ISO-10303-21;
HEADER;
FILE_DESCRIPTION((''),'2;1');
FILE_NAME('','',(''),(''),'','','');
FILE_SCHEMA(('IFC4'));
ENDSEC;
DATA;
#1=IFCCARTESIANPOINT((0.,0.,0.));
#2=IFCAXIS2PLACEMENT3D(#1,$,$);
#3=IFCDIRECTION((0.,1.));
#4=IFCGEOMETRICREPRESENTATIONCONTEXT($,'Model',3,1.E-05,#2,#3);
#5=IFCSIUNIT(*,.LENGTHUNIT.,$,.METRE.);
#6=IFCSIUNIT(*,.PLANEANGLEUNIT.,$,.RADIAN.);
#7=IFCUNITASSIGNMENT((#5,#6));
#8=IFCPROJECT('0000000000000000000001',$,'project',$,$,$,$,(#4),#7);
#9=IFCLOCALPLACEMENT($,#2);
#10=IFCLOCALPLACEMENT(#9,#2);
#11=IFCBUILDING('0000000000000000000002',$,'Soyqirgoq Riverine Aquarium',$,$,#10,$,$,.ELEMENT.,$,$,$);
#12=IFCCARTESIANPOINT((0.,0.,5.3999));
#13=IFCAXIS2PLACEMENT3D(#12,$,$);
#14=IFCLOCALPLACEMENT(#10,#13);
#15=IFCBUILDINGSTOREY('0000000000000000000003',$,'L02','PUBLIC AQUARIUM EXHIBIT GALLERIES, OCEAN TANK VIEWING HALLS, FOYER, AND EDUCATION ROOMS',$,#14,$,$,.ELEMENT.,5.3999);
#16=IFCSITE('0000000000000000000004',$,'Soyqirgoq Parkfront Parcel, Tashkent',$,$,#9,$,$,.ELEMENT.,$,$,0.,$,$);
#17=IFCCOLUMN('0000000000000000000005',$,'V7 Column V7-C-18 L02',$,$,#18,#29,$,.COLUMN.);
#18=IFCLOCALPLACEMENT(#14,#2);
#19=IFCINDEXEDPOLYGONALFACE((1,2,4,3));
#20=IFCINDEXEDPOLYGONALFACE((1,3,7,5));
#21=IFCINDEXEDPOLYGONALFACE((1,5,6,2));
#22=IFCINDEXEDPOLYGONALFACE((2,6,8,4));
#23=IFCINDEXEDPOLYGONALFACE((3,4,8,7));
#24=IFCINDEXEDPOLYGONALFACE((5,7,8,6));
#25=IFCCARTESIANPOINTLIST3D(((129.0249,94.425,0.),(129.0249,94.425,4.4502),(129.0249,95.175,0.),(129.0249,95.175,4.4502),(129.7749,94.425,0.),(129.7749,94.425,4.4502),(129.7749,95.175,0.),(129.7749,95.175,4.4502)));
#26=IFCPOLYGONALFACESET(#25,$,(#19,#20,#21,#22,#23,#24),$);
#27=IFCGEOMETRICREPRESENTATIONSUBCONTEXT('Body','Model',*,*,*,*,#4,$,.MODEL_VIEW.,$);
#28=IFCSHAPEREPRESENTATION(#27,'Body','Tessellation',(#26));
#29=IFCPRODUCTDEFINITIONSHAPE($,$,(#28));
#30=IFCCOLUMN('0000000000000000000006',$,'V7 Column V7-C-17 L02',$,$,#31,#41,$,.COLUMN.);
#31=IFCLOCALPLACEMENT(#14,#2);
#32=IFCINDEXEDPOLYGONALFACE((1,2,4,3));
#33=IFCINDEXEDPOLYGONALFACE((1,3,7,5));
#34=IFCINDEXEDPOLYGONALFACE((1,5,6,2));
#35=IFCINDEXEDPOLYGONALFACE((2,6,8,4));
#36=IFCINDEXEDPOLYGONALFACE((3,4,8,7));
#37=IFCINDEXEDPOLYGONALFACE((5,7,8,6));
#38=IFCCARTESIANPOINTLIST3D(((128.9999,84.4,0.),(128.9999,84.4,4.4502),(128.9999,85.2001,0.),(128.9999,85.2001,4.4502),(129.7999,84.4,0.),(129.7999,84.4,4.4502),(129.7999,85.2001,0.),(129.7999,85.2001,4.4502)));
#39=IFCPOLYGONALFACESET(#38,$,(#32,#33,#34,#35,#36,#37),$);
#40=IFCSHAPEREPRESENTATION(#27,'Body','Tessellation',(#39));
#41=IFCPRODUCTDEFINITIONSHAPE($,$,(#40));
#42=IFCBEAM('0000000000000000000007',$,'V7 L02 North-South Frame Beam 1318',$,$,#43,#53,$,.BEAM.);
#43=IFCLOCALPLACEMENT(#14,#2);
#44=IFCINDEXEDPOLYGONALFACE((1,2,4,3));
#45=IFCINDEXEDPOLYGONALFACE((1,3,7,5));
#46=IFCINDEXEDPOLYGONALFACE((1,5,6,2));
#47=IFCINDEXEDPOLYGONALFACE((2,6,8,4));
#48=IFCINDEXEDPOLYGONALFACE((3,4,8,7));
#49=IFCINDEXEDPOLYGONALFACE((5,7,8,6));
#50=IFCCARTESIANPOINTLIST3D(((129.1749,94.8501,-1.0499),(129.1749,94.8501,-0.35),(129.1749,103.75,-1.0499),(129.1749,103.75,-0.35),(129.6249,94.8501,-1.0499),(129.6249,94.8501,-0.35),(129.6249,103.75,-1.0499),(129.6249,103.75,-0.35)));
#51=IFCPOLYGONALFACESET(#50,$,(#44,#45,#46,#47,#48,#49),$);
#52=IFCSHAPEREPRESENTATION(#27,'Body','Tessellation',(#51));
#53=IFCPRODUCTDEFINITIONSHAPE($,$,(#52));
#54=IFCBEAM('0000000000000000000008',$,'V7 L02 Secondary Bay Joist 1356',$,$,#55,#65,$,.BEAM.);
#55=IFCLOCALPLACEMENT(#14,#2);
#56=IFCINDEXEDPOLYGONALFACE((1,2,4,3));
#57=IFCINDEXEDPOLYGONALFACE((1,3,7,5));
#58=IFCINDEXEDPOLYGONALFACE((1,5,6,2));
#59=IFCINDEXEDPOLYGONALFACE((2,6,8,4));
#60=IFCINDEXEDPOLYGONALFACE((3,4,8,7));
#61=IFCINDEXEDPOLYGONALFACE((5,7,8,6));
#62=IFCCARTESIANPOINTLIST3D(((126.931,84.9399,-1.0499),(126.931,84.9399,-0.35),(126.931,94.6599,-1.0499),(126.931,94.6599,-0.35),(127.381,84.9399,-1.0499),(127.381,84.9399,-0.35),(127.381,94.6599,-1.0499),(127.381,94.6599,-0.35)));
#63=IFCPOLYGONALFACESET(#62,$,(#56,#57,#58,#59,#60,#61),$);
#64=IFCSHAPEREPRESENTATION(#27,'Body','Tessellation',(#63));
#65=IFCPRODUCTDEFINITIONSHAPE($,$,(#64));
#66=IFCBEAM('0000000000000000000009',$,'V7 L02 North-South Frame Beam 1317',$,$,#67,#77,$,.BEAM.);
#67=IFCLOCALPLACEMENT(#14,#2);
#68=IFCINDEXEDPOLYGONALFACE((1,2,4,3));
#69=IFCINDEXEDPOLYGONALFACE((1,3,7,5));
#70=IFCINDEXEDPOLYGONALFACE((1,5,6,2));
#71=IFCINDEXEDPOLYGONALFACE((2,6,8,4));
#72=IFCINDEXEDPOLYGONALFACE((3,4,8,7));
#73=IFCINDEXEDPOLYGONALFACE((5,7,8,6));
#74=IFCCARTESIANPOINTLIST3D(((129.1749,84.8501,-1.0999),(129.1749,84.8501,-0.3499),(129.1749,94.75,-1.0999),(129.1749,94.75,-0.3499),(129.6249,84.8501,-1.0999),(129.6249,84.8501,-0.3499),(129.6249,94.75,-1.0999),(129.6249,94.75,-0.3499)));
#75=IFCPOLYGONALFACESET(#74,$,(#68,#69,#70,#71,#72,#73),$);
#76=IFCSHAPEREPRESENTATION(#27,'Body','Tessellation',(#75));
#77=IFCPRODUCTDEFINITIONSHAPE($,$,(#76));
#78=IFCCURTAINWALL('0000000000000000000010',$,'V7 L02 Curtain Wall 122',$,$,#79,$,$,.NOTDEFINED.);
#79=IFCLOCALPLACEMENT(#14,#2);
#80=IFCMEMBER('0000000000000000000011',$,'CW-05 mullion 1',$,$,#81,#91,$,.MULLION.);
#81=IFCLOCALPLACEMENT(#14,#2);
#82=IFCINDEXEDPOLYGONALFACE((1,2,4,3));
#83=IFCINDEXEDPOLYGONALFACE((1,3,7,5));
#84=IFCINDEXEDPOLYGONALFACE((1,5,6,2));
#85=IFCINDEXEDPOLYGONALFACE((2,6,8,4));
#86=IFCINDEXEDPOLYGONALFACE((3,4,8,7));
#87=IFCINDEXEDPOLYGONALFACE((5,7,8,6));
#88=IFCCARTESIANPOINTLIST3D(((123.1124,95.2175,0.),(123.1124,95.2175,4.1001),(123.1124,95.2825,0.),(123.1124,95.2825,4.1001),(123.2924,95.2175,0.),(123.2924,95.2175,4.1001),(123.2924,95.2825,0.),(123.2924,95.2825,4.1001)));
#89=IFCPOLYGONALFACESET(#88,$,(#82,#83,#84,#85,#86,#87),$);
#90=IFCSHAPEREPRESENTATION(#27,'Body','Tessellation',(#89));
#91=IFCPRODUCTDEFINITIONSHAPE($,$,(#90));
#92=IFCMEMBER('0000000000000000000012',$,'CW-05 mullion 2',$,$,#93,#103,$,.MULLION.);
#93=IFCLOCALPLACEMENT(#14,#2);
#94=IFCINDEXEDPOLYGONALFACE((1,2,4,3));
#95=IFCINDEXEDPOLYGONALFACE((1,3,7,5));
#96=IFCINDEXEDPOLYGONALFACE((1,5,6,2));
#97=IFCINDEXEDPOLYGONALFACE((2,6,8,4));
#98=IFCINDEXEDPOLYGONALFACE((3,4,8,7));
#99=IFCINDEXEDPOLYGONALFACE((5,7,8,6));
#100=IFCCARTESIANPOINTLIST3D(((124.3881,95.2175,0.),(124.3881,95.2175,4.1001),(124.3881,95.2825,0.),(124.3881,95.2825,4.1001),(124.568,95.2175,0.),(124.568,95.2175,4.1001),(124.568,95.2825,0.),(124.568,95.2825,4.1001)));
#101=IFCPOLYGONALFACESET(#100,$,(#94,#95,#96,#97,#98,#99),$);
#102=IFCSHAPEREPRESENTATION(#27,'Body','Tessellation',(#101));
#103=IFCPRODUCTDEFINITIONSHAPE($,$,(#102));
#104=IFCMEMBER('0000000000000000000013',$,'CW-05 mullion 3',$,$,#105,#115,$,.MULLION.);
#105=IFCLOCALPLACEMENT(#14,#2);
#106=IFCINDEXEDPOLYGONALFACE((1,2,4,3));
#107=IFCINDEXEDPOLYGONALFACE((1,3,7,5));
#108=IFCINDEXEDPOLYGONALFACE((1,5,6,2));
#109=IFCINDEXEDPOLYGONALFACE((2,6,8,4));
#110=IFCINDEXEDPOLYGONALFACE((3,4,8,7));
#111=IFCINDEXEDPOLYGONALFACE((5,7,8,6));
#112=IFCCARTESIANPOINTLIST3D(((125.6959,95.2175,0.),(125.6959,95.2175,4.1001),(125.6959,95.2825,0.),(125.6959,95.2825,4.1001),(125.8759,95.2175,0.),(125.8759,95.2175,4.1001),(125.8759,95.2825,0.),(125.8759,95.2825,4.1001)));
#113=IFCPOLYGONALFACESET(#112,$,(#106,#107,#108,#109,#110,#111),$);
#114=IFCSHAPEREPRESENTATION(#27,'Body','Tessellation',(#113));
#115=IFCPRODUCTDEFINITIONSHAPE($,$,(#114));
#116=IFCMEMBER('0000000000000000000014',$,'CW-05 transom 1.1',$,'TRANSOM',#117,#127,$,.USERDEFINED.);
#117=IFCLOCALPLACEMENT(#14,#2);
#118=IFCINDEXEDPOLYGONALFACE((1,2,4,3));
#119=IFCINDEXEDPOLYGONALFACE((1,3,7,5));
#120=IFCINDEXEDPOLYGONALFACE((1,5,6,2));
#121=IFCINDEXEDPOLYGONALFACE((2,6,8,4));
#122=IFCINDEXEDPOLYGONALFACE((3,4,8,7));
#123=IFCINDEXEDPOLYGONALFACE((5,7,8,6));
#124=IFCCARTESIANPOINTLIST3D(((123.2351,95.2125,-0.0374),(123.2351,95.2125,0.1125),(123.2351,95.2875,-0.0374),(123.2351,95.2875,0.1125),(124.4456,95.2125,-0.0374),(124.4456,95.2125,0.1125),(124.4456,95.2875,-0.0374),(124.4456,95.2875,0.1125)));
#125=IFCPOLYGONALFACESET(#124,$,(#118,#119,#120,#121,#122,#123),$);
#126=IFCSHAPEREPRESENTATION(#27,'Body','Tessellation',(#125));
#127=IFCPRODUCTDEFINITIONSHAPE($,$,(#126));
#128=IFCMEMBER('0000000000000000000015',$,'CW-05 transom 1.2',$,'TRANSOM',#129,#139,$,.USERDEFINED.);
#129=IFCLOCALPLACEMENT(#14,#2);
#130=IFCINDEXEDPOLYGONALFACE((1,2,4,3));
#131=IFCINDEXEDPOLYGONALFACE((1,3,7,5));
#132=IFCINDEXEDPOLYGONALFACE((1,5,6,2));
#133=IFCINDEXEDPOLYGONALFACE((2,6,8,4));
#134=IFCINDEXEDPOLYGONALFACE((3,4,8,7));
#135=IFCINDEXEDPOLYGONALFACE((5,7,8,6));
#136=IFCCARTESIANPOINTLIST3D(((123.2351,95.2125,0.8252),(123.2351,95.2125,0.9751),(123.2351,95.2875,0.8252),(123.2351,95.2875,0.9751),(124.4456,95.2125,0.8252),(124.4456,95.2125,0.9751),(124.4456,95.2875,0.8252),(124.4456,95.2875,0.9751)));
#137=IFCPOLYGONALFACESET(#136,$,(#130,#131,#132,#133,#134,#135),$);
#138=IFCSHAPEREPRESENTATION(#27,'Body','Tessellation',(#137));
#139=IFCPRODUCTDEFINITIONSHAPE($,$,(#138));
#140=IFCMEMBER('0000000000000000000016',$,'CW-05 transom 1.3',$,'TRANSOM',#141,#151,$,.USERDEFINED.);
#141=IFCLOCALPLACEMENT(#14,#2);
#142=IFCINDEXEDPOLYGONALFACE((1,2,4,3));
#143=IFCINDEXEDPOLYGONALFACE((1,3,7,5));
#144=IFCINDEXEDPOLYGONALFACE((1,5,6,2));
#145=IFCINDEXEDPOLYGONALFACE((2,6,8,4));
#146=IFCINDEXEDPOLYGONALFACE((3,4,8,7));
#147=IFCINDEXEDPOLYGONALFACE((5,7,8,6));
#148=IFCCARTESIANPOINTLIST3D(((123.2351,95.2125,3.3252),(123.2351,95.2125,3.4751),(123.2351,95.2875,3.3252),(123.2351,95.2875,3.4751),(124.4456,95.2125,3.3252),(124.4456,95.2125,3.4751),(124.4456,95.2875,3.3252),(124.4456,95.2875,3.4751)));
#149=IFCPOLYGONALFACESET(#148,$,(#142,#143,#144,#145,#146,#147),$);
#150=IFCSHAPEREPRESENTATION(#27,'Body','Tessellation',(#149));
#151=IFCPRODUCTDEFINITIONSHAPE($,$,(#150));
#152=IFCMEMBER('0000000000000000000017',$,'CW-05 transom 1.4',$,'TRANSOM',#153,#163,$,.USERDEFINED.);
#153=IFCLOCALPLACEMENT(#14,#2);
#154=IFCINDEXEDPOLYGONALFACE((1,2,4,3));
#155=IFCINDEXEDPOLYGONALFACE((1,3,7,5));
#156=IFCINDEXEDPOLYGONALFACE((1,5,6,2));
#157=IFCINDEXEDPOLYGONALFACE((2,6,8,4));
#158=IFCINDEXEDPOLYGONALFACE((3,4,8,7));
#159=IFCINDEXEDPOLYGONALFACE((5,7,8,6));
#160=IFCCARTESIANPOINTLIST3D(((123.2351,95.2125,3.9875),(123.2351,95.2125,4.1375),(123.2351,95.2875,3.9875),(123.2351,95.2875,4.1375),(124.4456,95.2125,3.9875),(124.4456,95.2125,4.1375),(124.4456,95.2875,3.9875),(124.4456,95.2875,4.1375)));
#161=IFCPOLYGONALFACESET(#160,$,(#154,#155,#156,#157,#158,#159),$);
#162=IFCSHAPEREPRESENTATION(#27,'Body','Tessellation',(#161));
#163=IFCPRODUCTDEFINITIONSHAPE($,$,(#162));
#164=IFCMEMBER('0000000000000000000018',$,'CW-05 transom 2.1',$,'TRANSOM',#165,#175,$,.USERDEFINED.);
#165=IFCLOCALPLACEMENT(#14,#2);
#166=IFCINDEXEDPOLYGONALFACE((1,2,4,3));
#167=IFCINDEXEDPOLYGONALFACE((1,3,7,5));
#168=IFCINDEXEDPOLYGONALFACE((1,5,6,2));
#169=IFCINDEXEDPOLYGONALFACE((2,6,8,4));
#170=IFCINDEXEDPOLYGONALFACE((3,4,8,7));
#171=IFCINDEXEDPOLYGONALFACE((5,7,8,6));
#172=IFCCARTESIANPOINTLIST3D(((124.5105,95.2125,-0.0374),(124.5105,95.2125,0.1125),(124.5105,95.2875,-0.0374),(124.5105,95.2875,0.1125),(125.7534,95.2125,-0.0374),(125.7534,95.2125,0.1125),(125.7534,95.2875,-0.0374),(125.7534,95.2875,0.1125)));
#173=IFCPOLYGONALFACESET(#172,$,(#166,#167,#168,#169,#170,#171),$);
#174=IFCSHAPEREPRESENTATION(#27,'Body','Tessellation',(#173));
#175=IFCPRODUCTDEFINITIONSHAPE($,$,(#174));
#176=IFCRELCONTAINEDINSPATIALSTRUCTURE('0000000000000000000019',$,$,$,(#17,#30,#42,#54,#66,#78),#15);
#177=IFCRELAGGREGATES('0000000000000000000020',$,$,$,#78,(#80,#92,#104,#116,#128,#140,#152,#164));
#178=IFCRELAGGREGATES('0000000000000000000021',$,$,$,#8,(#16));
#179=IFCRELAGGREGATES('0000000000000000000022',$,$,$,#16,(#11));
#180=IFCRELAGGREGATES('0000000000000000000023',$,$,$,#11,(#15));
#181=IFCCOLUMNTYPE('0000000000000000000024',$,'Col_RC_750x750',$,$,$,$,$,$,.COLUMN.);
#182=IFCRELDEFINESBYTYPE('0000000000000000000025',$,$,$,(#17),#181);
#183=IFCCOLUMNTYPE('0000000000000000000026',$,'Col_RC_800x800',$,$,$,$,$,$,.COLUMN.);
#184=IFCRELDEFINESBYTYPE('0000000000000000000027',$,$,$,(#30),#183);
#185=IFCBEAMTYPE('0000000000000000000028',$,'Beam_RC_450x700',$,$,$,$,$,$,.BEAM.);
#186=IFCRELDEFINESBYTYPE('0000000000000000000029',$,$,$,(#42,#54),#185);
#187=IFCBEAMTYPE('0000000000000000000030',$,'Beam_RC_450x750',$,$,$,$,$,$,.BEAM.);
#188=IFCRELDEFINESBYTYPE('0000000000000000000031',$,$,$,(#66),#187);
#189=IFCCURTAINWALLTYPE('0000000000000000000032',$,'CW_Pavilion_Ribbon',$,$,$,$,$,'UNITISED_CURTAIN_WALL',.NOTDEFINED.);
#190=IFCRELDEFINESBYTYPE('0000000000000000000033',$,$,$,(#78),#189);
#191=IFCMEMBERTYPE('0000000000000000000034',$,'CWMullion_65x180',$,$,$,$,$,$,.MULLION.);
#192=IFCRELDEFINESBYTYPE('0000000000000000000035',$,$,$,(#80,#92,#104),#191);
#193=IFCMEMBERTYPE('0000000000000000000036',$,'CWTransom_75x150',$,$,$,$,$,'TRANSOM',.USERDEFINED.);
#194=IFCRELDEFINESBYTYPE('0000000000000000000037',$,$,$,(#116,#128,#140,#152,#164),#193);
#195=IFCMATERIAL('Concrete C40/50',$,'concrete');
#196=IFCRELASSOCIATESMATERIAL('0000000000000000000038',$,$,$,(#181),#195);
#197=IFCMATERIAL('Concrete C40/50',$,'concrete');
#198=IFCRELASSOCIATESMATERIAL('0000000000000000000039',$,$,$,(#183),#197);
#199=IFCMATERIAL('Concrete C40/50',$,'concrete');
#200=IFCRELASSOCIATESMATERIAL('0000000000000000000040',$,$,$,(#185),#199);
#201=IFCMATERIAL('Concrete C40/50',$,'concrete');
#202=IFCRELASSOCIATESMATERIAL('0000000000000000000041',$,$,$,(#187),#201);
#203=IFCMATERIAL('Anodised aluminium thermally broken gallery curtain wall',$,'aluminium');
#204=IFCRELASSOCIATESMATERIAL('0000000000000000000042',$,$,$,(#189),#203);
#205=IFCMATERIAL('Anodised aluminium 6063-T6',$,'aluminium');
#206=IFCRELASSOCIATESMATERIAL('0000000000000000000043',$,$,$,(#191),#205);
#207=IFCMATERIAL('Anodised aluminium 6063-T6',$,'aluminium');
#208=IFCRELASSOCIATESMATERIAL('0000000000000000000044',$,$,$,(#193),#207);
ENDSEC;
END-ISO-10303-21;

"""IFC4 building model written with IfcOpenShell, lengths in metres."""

from ifc_helpers import new_model, si_unit, direction, frame, origin, origin_2d, place, context, subcontext, project, spatial, rectangle, extrude, material, material_profile, profile_set, type_object, element, aggregate, save


model = new_model("IFC4")

# Units and contexts
model_context = context("Model", 3, precision=1e-05, world=origin(), true_north=direction((0.0, 1.0)))
body_context = subcontext(model_context, "Body", "Model", "MODEL_VIEW")
ifc_project = project(units=[si_unit("LENGTHUNIT", "METRE"), si_unit("PLANEANGLEUNIT", "RADIAN")], contexts=[model_context])

# Site, building, storey
site_placement = place(None, origin())
site = spatial("IfcSite", under=ifc_project, at=site_placement, Name="Soyqirgoq Parkfront Parcel, Tashkent", CompositionType="ELEMENT", RefElevation=0.0)
building_placement = place(site_placement, origin())
building = spatial("IfcBuilding", under=site, at=building_placement, Name="Soyqirgoq Riverine Aquarium", CompositionType="ELEMENT")
storey_placement = place(building_placement, frame((0.0, 0.0, 5.3999)))
storey = spatial("IfcBuildingStorey", under=building, at=storey_placement, Name="L02", Description="PUBLIC AQUARIUM EXHIBIT GALLERIES, OCEAN TANK VIEWING HALLS, FOYER, AND EDUCATION ROOMS", CompositionType="ELEMENT", Elevation=5.3999)

# Columns
ifc_material_1 = material(Name="Concrete C40/50", Category="concrete")
ifc_material_profile_1 = material_profile(ifc_material_1, rectangle(XDim=0.75, YDim=0.75, at=origin_2d()), Name="RC 750x750")
ifc_profile_set_1 = profile_set([ifc_material_profile_1], Name="Concrete C40/50")
column_type_1 = type_object("IfcColumnType", Name="Col_RC_750x750", PredefinedType="COLUMN", material=ifc_profile_set_1)
column_1_placement = place(storey_placement, frame((129.3999, 94.8, 0.0), z_axis=(0.0, 0.0, 1.0), x_axis=(1.0, 0.0, 0.0)))
element("IfcColumn", 1, at=column_1_placement, inside=storey, type_object=column_type_1, Name="V7 Column V7-C-18 L02", PredefinedType="COLUMN", context=body_context, shape_type="SweptSolid", body=[
    extrude(rectangle(XDim=0.75, YDim=0.75, at=origin_2d()), origin(), (0.0, 0.0, 1.0), 4.4502),
])
ifc_material_2 = material(Name="Concrete C40/50", Category="concrete")
ifc_material_profile_2 = material_profile(ifc_material_2, rectangle(XDim=0.8, YDim=0.8, at=origin_2d()), Name="RC 800x800")
ifc_profile_set_2 = profile_set([ifc_material_profile_2], Name="Concrete C40/50")
column_type_2 = type_object("IfcColumnType", Name="Col_RC_800x800", PredefinedType="COLUMN", material=ifc_profile_set_2)
column_2_placement = place(storey_placement, frame((129.3999, 84.8, 0.0), z_axis=(0.0, 0.0, 1.0), x_axis=(1.0, 0.0, 0.0)))
element("IfcColumn", 2, at=column_2_placement, inside=storey, type_object=column_type_2, Name="V7 Column V7-C-17 L02", PredefinedType="COLUMN", context=body_context, shape_type="SweptSolid", body=[
    extrude(rectangle(XDim=0.8, YDim=0.8, at=origin_2d()), origin(), (0.0, 0.0, 1.0), 4.4502),
])

# Beams
ifc_material_3 = material(Name="Concrete C40/50", Category="concrete")
ifc_material_profile_3 = material_profile(ifc_material_3, rectangle(XDim=0.45, YDim=0.7, at=origin_2d()), Name="RC 450x700")
ifc_profile_set_3 = profile_set([ifc_material_profile_3], Name="Concrete C40/50")
beam_type_1 = type_object("IfcBeamType", Name="Beam_RC_450x700", PredefinedType="BEAM", material=ifc_profile_set_3)
beam_1_placement = place(storey_placement, frame((129.3999, 94.8501, -0.7), z_axis=(0.0, 1.0, 0.0), x_axis=(-1.0, 0.0, 0.0)))
element("IfcBeam", 3, at=beam_1_placement, inside=storey, type_object=beam_type_1, Name="V7 L02 North-South Frame Beam 1318", PredefinedType="BEAM", context=body_context, shape_type="SweptSolid", body=[
    extrude(rectangle(XDim=0.45, YDim=0.7, at=origin_2d()), origin(), (0.0, 0.0, 1.0), 8.8999),
])
beam_2_placement = place(storey_placement, frame((127.156, 84.9399, -0.7), z_axis=(0.0, 1.0, 0.0), x_axis=(-1.0, 0.0, 0.0)))
element("IfcBeam", 4, at=beam_2_placement, inside=storey, type_object=beam_type_1, Name="V7 L02 Secondary Bay Joist 1356", PredefinedType="BEAM", context=body_context, shape_type="SweptSolid", body=[
    extrude(rectangle(XDim=0.45, YDim=0.7, at=origin_2d()), origin(), (0.0, 0.0, 1.0), 9.72),
])
ifc_material_4 = material(Name="Concrete C40/50", Category="concrete")
ifc_material_profile_4 = material_profile(ifc_material_4, rectangle(XDim=0.45, YDim=0.75, at=origin_2d()), Name="RC 450x750")
ifc_profile_set_4 = profile_set([ifc_material_profile_4], Name="Concrete C40/50")
beam_type_2 = type_object("IfcBeamType", Name="Beam_RC_450x750", PredefinedType="BEAM", material=ifc_profile_set_4)
beam_3_placement = place(storey_placement, frame((129.3999, 84.8501, -0.7249), z_axis=(0.0, 1.0, 0.0), x_axis=(-1.0, 0.0, 0.0)))
element("IfcBeam", 5, at=beam_3_placement, inside=storey, type_object=beam_type_2, Name="V7 L02 North-South Frame Beam 1317", PredefinedType="BEAM", context=body_context, shape_type="SweptSolid", body=[
    extrude(rectangle(XDim=0.45, YDim=0.75, at=origin_2d()), origin(), (0.0, 0.0, 1.0), 9.8999),
])

# Curtain wall, members
ifc_material_5 = material(Name="Anodised aluminium thermally broken gallery curtain wall", Category="aluminium")
curtain_wall_type = type_object("IfcCurtainWallType", Name="CW_Pavilion_Ribbon", ElementType="UNITISED_CURTAIN_WALL", PredefinedType="NOTDEFINED", material=ifc_material_5)
curtain_wall_placement = place(storey_placement, origin())
curtain_wall = element("IfcCurtainWall", 6, at=curtain_wall_placement, inside=storey, type_object=curtain_wall_type, Name="V7 L02 Curtain Wall 122", PredefinedType="NOTDEFINED")
ifc_material_6 = material(Name="Anodised aluminium 6063-T6", Category="aluminium")
ifc_material_profile_5 = material_profile(ifc_material_6, rectangle(XDim=0.0649, YDim=0.1799, at=origin_2d()), Name="ALU-M 65x180")
ifc_profile_set_5 = profile_set([ifc_material_profile_5], Name="Anodised aluminium 6063-T6")
member_type_1 = type_object("IfcMemberType", Name="CWMullion_65x180", PredefinedType="MULLION", material=ifc_profile_set_5)
member_1_placement = place(storey_placement, frame((123.2024, 95.25, 0.0), z_axis=(0.0, 0.0, 1.0), x_axis=(0.0, 1.0, 0.0)))
member_1 = element("IfcMember", 7, at=member_1_placement, type_object=member_type_1, Name="CW-05 mullion 1", PredefinedType="MULLION", context=body_context, shape_type="SweptSolid", body=[
    extrude(rectangle(XDim=0.0649, YDim=0.1799, at=origin_2d()), origin(), (0.0, 0.0, 1.0), 4.1001),
])
member_2_placement = place(storey_placement, frame((124.478, 95.25, 0.0), z_axis=(0.0, 0.0, 1.0), x_axis=(0.0, 1.0, 0.0)))
member_2 = element("IfcMember", 8, at=member_2_placement, type_object=member_type_1, Name="CW-05 mullion 2", PredefinedType="MULLION", context=body_context, shape_type="SweptSolid", body=[
    extrude(rectangle(XDim=0.0649, YDim=0.1799, at=origin_2d()), origin(), (0.0, 0.0, 1.0), 4.1001),
])
member_3_placement = place(storey_placement, frame((125.7859, 95.25, 0.0), z_axis=(0.0, 0.0, 1.0), x_axis=(0.0, 1.0, 0.0)))
member_3 = element("IfcMember", 9, at=member_3_placement, type_object=member_type_1, Name="CW-05 mullion 3", PredefinedType="MULLION", context=body_context, shape_type="SweptSolid", body=[
    extrude(rectangle(XDim=0.0649, YDim=0.1799, at=origin_2d()), origin(), (0.0, 0.0, 1.0), 4.1001),
])
ifc_material_7 = material(Name="Anodised aluminium 6063-T6", Category="aluminium")
ifc_material_profile_6 = material_profile(ifc_material_7, rectangle(XDim=0.075, YDim=0.1499, at=origin_2d()), Name="ALU-T 75x150")
ifc_profile_set_6 = profile_set([ifc_material_profile_6], Name="Anodised aluminium 6063-T6")
member_type_2 = type_object("IfcMemberType", Name="CWTransom_75x150", ElementType="TRANSOM", PredefinedType="USERDEFINED", material=ifc_profile_set_6)
member_4_placement = place(storey_placement, frame((123.2351, 95.25, 0.0376), z_axis=(1.0, 0.0, 0.0), x_axis=(0.0, 1.0, 0.0)))
member_4 = element("IfcMember", 10, at=member_4_placement, type_object=member_type_2, Name="CW-05 transom 1.1", ObjectType="TRANSOM", PredefinedType="USERDEFINED", context=body_context, shape_type="SweptSolid", body=[
    extrude(rectangle(XDim=0.075, YDim=0.1499, at=origin_2d()), origin(), (0.0, 0.0, 1.0), 1.2104),
])
member_5_placement = place(storey_placement, frame((123.2351, 95.25, 0.9001), z_axis=(1.0, 0.0, 0.0), x_axis=(0.0, 1.0, 0.0)))
member_5 = element("IfcMember", 11, at=member_5_placement, type_object=member_type_2, Name="CW-05 transom 1.2", ObjectType="TRANSOM", PredefinedType="USERDEFINED", context=body_context, shape_type="SweptSolid", body=[
    extrude(rectangle(XDim=0.075, YDim=0.1499, at=origin_2d()), origin(), (0.0, 0.0, 1.0), 1.2104),
])
member_6_placement = place(storey_placement, frame((123.2351, 95.25, 3.4001), z_axis=(1.0, 0.0, 0.0), x_axis=(0.0, 1.0, 0.0)))
member_6 = element("IfcMember", 12, at=member_6_placement, type_object=member_type_2, Name="CW-05 transom 1.3", ObjectType="TRANSOM", PredefinedType="USERDEFINED", context=body_context, shape_type="SweptSolid", body=[
    extrude(rectangle(XDim=0.075, YDim=0.1499, at=origin_2d()), origin(), (0.0, 0.0, 1.0), 1.2104),
])
member_7_placement = place(storey_placement, frame((123.2351, 95.25, 4.0625), z_axis=(1.0, 0.0, 0.0), x_axis=(0.0, 1.0, 0.0)))
member_7 = element("IfcMember", 13, at=member_7_placement, type_object=member_type_2, Name="CW-05 transom 1.4", ObjectType="TRANSOM", PredefinedType="USERDEFINED", context=body_context, shape_type="SweptSolid", body=[
    extrude(rectangle(XDim=0.075, YDim=0.1499, at=origin_2d()), origin(), (0.0, 0.0, 1.0), 1.2104),
])
member_8_placement = place(storey_placement, frame((124.5105, 95.25, 0.0376), z_axis=(1.0, 0.0, 0.0), x_axis=(0.0, 1.0, 0.0)))
member_8 = element("IfcMember", 14, at=member_8_placement, type_object=member_type_2, Name="CW-05 transom 2.1", ObjectType="TRANSOM", PredefinedType="USERDEFINED", context=body_context, shape_type="SweptSolid", body=[
    extrude(rectangle(XDim=0.075, YDim=0.1499, at=origin_2d()), origin(), (0.0, 0.0, 1.0), 1.2429),
])

aggregate(curtain_wall, [member_1, member_2, member_3, member_4, member_5, member_6, member_7, member_8])

save(model, "model.ifc")
